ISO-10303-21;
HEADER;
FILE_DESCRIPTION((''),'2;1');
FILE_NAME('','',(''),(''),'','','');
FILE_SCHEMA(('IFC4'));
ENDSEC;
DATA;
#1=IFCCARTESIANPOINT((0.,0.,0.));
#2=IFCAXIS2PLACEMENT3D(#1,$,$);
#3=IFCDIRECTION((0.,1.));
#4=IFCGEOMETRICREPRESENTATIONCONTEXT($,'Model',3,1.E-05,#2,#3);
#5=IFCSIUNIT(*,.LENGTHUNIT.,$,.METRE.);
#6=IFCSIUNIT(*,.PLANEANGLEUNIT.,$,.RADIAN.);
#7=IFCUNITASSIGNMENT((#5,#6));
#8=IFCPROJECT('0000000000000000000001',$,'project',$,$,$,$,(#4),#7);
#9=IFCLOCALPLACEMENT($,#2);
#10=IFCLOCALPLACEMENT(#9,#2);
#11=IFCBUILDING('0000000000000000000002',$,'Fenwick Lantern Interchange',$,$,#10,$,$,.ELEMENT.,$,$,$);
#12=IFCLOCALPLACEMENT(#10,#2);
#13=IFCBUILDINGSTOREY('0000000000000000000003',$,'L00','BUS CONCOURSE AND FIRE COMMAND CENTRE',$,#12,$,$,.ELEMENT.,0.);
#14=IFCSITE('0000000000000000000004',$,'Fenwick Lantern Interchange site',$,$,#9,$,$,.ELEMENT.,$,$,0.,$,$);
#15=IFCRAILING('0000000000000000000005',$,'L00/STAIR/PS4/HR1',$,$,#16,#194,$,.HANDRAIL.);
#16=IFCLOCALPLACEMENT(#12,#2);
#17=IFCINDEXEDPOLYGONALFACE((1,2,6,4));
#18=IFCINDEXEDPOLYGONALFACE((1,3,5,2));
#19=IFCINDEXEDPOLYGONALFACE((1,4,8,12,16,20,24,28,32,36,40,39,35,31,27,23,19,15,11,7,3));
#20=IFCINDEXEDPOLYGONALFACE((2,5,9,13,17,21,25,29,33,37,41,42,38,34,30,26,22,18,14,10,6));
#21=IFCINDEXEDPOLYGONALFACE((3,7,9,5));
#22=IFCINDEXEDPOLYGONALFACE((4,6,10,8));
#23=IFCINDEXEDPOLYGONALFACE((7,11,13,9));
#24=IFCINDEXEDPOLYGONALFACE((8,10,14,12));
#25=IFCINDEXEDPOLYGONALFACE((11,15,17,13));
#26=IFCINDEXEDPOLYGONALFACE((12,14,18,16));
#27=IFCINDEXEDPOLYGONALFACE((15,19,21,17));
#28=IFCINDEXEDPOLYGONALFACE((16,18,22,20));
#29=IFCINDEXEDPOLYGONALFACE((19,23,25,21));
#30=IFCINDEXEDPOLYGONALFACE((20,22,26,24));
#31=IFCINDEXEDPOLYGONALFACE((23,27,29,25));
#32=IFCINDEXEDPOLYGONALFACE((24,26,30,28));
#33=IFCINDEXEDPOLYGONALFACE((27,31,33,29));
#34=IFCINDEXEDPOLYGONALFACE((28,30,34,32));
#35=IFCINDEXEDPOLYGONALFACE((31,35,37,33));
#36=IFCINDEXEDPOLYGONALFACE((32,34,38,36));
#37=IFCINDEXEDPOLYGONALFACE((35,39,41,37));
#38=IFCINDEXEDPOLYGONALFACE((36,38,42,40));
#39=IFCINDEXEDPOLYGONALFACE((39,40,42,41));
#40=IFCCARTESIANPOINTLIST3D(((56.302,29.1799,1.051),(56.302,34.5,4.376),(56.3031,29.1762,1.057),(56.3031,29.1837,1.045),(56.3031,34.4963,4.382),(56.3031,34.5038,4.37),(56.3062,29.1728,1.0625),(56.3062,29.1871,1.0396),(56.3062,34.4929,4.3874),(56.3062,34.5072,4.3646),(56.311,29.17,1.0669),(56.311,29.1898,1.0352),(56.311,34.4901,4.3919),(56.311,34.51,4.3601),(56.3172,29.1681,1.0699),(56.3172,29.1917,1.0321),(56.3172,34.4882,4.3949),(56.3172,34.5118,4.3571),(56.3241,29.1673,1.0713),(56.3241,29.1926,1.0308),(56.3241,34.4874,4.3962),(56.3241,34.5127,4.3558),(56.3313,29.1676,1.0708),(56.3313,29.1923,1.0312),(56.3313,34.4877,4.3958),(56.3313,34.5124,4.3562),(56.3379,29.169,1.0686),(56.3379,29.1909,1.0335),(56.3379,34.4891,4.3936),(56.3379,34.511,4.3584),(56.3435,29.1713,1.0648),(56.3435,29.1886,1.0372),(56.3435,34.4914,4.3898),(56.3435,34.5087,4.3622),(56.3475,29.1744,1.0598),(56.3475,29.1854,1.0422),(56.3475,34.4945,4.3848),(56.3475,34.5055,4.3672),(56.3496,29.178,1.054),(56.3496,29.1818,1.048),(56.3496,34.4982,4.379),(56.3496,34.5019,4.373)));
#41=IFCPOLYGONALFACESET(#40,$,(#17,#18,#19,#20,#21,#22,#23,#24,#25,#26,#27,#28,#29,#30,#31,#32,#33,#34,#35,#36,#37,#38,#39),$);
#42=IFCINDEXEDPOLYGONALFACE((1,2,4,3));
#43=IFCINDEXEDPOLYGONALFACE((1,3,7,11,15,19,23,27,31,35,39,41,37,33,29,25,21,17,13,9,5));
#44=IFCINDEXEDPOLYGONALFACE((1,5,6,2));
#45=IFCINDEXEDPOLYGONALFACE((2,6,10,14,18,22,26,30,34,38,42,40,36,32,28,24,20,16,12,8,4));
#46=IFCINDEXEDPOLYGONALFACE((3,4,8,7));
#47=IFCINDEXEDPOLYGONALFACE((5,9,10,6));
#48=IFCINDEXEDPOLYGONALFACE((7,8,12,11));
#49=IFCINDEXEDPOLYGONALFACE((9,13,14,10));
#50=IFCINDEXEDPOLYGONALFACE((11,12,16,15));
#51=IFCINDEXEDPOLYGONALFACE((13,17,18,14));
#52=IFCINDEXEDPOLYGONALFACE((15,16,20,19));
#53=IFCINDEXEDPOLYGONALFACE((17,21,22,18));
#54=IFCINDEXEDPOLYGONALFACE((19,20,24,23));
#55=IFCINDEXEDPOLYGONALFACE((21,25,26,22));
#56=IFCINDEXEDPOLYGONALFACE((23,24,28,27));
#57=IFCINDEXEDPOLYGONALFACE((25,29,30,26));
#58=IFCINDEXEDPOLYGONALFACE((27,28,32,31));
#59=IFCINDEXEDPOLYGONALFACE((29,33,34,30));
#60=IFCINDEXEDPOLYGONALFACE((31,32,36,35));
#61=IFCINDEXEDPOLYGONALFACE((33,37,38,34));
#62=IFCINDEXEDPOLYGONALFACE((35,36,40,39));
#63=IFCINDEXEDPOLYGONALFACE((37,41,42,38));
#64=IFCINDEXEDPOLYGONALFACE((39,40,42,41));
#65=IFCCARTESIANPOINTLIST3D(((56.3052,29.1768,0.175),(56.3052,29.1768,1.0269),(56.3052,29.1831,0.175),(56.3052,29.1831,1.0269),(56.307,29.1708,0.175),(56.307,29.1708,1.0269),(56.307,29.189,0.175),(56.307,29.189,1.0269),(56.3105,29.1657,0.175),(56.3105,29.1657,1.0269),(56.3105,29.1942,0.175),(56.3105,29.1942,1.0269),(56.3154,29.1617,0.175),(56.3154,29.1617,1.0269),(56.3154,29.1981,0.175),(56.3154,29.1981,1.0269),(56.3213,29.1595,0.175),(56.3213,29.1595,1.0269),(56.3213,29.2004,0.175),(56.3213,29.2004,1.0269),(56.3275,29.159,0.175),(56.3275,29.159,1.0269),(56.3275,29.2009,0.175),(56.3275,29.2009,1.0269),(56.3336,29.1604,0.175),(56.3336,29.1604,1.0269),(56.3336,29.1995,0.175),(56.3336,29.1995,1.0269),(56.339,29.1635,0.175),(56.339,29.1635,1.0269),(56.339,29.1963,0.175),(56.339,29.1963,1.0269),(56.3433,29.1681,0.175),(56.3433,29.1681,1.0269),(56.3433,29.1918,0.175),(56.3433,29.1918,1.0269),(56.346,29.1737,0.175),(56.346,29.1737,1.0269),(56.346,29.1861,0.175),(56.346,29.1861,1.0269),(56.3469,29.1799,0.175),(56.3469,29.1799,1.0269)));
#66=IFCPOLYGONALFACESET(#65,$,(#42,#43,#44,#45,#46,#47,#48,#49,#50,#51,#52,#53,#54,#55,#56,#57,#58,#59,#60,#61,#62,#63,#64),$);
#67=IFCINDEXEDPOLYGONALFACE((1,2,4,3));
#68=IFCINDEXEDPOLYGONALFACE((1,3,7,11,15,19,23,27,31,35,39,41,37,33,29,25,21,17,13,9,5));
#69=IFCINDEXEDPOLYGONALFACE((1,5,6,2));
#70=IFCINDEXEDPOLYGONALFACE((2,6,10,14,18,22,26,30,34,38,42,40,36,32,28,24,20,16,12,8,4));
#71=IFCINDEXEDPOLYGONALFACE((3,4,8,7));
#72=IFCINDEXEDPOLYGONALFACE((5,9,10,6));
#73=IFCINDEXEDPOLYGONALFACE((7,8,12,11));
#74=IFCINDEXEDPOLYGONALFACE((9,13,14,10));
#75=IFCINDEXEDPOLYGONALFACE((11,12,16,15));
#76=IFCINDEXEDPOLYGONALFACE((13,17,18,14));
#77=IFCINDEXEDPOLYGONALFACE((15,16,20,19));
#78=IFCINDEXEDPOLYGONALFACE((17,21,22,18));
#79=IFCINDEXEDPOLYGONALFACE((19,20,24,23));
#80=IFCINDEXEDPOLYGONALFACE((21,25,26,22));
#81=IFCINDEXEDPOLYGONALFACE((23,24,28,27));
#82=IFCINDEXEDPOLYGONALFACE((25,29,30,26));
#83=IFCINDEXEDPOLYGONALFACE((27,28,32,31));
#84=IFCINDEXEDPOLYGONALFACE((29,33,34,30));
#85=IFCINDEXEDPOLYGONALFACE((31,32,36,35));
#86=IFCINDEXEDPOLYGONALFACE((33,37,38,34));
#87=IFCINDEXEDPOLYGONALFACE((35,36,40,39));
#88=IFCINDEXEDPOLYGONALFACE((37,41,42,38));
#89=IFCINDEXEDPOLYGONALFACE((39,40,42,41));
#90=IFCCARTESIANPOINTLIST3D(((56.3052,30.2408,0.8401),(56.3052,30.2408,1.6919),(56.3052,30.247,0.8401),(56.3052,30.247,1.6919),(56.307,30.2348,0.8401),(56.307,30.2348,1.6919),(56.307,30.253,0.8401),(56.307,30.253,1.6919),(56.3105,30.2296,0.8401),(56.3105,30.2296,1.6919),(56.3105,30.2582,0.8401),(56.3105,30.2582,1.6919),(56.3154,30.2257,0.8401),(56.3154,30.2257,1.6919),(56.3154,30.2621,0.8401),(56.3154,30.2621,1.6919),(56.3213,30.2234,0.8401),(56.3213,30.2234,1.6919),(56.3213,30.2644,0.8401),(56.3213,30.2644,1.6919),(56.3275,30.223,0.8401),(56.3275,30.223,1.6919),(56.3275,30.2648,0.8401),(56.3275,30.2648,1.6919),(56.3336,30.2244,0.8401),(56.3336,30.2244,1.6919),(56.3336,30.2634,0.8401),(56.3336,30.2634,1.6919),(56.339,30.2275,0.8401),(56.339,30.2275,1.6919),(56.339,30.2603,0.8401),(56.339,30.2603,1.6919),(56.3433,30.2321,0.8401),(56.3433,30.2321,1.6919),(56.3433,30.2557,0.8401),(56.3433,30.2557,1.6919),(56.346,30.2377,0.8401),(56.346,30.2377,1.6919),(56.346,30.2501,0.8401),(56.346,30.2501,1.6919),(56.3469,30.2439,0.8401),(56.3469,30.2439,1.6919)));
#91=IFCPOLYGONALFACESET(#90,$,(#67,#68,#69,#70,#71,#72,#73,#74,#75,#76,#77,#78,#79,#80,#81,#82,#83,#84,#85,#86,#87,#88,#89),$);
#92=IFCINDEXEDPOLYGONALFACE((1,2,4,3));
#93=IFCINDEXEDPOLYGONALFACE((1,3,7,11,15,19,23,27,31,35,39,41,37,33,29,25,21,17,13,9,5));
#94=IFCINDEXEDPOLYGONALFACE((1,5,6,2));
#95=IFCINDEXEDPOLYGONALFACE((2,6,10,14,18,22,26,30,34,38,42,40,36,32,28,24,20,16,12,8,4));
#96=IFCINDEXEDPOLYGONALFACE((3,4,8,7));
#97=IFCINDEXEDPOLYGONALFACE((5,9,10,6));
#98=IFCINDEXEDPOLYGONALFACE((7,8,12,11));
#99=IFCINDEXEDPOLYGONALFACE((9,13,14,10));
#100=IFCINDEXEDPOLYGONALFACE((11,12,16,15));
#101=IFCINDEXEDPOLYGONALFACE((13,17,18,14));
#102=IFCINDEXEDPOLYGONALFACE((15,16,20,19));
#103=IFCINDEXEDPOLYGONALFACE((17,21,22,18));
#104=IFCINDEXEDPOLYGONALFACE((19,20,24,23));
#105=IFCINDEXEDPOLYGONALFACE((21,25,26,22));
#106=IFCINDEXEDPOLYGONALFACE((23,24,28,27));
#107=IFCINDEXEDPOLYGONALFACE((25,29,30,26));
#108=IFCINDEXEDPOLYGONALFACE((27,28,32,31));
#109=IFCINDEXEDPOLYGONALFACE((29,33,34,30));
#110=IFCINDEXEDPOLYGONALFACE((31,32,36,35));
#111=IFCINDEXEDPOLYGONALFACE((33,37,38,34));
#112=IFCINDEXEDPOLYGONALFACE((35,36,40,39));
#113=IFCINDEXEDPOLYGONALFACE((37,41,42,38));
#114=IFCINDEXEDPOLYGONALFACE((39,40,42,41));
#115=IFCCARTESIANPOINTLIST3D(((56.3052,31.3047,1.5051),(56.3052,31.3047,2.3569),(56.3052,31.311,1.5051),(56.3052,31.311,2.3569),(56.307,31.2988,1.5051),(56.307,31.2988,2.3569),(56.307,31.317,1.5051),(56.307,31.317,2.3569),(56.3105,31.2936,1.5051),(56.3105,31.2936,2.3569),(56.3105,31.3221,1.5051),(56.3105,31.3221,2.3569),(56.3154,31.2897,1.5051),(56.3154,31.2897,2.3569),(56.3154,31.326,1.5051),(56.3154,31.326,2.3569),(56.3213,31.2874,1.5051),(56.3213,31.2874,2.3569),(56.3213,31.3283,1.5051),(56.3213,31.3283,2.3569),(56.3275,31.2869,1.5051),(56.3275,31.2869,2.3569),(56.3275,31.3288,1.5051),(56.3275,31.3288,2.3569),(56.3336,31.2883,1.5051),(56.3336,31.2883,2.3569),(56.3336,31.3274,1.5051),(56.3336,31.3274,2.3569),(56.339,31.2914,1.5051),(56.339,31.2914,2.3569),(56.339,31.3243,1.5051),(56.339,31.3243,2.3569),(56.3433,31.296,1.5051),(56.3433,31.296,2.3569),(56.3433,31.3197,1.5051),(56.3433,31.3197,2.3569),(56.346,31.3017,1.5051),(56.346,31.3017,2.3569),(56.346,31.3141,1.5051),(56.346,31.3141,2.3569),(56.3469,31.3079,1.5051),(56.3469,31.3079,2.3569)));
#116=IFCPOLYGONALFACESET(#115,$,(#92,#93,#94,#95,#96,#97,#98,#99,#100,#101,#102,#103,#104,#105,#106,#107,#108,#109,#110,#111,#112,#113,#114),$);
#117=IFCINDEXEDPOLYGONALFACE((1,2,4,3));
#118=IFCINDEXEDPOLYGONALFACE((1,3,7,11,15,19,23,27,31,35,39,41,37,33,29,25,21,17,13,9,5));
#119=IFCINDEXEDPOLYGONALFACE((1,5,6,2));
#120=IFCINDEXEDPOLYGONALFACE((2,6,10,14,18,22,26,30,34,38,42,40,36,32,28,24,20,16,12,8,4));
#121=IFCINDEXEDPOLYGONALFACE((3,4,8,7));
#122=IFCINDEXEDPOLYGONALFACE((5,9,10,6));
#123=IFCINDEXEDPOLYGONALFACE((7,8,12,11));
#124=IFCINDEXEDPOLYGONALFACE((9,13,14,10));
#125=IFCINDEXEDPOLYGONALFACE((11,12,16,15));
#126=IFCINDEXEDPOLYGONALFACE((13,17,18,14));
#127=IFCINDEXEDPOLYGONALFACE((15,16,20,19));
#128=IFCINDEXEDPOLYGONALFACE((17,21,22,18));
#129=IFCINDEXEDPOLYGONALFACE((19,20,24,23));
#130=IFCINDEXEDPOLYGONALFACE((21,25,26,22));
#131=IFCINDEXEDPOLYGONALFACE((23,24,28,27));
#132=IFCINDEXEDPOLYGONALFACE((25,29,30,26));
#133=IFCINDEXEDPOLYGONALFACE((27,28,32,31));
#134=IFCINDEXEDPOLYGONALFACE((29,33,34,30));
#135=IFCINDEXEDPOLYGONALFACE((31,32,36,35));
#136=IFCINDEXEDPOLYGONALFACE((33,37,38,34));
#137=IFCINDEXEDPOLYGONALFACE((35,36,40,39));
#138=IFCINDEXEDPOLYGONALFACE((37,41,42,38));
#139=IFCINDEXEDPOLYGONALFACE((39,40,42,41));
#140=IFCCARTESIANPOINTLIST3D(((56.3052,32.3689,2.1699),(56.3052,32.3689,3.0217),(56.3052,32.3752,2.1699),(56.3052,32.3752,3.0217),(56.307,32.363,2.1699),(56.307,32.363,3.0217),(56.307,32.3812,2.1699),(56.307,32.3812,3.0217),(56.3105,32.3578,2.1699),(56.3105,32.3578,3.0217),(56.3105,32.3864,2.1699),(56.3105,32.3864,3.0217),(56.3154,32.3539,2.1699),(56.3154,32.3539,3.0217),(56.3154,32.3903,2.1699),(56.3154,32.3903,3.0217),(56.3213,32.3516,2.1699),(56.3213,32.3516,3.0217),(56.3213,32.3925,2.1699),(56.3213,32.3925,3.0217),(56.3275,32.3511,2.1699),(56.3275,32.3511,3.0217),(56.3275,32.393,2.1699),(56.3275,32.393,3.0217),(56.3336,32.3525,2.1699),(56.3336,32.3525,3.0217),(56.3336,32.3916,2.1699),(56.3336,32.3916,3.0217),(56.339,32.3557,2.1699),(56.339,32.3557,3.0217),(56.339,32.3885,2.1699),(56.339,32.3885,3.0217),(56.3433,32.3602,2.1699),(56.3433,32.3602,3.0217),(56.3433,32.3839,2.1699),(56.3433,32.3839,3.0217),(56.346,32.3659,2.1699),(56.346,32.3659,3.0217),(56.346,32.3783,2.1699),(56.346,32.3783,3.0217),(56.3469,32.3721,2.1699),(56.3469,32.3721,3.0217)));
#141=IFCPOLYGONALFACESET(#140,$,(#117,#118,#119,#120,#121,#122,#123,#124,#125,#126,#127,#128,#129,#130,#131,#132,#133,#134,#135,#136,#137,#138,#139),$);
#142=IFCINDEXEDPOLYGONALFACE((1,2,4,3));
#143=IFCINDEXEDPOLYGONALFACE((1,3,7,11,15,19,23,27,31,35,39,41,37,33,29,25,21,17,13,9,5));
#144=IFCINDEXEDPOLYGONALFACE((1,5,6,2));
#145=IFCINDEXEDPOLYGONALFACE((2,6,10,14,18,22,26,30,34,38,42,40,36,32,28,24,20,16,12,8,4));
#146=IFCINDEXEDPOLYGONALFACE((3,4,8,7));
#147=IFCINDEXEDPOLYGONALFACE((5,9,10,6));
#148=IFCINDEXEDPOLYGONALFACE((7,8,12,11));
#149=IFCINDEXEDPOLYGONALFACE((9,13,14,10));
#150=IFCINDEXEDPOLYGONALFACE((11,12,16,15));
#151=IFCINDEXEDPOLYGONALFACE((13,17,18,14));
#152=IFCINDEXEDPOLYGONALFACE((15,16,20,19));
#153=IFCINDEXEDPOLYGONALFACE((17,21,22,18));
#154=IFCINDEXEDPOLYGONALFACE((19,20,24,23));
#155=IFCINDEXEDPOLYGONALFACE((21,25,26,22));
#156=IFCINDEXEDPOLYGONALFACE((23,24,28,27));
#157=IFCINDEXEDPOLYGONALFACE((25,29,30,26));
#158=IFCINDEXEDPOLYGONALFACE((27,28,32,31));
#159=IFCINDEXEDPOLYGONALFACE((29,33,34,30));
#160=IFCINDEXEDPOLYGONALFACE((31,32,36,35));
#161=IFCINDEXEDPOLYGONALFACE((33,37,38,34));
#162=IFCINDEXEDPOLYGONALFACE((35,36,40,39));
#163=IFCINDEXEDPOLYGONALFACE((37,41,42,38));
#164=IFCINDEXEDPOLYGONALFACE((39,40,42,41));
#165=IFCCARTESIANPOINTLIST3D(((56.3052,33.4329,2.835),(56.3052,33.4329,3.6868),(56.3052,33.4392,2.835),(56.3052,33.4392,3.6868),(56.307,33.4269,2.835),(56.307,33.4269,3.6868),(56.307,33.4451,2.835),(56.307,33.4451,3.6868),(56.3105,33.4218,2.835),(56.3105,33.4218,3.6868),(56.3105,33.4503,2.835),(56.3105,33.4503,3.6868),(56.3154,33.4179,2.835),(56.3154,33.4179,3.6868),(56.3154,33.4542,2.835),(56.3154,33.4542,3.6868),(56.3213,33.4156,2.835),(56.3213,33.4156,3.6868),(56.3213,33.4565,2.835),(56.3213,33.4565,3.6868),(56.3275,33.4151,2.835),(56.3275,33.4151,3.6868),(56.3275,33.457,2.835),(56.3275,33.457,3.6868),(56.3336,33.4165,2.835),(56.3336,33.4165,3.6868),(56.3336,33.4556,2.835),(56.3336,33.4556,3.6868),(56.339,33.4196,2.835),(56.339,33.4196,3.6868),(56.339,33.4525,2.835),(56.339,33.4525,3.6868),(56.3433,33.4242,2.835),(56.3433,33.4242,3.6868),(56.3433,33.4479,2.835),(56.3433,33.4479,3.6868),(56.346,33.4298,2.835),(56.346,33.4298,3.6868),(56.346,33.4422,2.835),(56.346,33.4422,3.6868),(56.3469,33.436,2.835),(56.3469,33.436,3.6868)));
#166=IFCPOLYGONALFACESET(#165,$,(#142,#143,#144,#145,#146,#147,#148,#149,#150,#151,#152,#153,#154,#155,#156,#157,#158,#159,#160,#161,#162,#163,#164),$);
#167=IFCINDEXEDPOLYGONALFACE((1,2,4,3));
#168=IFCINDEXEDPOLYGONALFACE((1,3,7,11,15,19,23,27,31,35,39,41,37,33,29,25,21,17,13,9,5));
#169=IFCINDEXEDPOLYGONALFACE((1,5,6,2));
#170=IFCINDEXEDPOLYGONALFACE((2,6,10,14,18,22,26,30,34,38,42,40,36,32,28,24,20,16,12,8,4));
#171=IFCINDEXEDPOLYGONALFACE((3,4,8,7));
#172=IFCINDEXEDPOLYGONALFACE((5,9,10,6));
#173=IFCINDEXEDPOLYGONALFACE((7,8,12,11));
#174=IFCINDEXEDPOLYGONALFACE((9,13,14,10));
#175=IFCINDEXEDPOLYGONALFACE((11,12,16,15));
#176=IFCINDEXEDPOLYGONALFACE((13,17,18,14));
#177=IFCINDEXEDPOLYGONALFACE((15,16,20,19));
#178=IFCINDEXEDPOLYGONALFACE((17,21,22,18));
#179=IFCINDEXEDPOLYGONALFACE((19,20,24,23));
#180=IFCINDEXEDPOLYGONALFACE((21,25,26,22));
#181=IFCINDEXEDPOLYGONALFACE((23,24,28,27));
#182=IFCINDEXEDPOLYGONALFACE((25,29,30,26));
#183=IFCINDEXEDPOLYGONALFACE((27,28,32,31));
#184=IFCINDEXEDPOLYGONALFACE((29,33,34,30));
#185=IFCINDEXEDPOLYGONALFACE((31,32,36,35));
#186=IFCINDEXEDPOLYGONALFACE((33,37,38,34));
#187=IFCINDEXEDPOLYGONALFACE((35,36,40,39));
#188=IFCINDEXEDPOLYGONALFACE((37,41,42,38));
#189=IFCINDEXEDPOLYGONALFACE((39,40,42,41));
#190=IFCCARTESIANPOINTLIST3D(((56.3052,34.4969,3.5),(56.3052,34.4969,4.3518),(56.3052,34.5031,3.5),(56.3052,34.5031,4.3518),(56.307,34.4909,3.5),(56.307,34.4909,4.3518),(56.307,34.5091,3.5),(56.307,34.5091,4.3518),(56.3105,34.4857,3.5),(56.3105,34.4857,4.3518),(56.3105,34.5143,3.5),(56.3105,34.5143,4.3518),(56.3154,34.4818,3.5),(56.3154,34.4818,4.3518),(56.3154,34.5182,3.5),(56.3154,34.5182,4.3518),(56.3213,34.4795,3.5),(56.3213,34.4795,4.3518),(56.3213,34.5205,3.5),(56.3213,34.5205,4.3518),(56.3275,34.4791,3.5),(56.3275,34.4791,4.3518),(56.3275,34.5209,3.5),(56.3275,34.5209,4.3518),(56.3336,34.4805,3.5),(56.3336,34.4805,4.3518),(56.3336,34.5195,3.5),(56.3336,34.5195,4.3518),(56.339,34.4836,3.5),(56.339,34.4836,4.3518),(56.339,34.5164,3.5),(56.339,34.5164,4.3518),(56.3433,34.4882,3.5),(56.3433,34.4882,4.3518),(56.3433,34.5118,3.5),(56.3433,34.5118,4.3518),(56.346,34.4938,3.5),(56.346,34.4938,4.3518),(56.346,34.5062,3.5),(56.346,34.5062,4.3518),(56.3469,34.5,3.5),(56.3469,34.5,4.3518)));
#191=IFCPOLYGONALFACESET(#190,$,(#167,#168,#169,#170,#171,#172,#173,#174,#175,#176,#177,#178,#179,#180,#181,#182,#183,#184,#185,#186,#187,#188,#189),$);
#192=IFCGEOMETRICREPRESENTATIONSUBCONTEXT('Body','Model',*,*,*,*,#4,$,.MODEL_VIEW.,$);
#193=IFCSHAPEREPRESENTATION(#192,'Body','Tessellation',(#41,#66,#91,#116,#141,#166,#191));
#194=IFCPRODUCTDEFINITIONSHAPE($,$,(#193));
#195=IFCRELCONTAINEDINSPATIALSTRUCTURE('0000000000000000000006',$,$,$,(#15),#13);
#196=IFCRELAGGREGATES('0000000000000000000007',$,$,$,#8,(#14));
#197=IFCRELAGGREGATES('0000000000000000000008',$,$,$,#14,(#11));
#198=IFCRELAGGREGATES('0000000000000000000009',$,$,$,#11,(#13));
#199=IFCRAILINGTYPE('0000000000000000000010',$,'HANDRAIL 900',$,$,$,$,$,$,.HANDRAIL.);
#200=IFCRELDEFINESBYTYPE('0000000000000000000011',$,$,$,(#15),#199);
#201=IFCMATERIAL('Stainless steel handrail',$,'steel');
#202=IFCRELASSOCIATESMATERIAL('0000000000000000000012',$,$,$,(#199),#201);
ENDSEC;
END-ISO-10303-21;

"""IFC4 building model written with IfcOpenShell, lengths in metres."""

from ifc_helpers import new_model, si_unit, direction, frame, origin, origin_2d, place, context, subcontext, project, spatial, circle, extrude, material, type_object, element, save


model = new_model("IFC4")

# Units and contexts
model_context = context("Model", 3, precision=1e-05, world=origin(), true_north=direction((0.0, 1.0)))
body_context = subcontext(model_context, "Body", "Model", "MODEL_VIEW")
ifc_project = project(units=[si_unit("LENGTHUNIT", "METRE"), si_unit("PLANEANGLEUNIT", "RADIAN")], contexts=[model_context])

# Site, building, storey
site_placement = place(None, origin())
site = spatial("IfcSite", under=ifc_project, at=site_placement, Name="Fenwick Lantern Interchange site", CompositionType="ELEMENT", RefElevation=0.0)
building_placement = place(site_placement, origin())
building = spatial("IfcBuilding", under=site, at=building_placement, Name="Fenwick Lantern Interchange", CompositionType="ELEMENT")
storey_placement = place(building_placement, origin())
storey = spatial("IfcBuildingStorey", under=building, at=storey_placement, Name="L00", Description="BUS CONCOURSE AND FIRE COMMAND CENTRE", CompositionType="ELEMENT", Elevation=0.0)

# Railing
ifc_material_1 = material(Name="Stainless steel handrail", Category="steel")
railing_type = type_object("IfcRailingType", Name="HANDRAIL 900", PredefinedType="HANDRAIL", material=ifc_material_1)
railing_1_placement = place(storey_placement, frame((56.3259, 29.1799, 0.175)))
element("IfcRailing", 1, at=railing_1_placement, inside=storey, type_object=railing_type, Name="L00/STAIR/PS4/HR1", PredefinedType="HANDRAIL", context=body_context, shape_type="SweptSolid", body=[
    extrude(circle(Radius=0.0239, at=origin_2d()), frame((0.0, 0.0, 0.876), z_axis=(0.0, 0.848005, 0.529988), x_axis=(-1.0, 0.0, 0.0)), (0.0, 0.0, 1.0), 6.2737),
    extrude(circle(Radius=0.021, at=origin_2d()), origin(), (0.0, 0.0, 1.0), 0.8518),
    extrude(circle(Radius=0.021, at=origin_2d()), frame((0.0, 1.064, 0.665)), (0.0, 0.0, 1.0), 0.8518),
    extrude(circle(Radius=0.021, at=origin_2d()), frame((0.0, 2.1279, 1.3301)), (0.0, 0.0, 1.0), 0.8518),
    extrude(circle(Radius=0.021, at=origin_2d()), frame((0.0, 3.1921, 1.9949)), (0.0, 0.0, 1.0), 0.8518),
    extrude(circle(Radius=0.021, at=origin_2d()), frame((0.0, 4.2561, 2.6599)), (0.0, 0.0, 1.0), 0.8518),
    extrude(circle(Radius=0.021, at=origin_2d()), frame((0.0, 5.3201, 3.325)), (0.0, 0.0, 1.0), 0.8518),
])

save(model, "model.ifc")
